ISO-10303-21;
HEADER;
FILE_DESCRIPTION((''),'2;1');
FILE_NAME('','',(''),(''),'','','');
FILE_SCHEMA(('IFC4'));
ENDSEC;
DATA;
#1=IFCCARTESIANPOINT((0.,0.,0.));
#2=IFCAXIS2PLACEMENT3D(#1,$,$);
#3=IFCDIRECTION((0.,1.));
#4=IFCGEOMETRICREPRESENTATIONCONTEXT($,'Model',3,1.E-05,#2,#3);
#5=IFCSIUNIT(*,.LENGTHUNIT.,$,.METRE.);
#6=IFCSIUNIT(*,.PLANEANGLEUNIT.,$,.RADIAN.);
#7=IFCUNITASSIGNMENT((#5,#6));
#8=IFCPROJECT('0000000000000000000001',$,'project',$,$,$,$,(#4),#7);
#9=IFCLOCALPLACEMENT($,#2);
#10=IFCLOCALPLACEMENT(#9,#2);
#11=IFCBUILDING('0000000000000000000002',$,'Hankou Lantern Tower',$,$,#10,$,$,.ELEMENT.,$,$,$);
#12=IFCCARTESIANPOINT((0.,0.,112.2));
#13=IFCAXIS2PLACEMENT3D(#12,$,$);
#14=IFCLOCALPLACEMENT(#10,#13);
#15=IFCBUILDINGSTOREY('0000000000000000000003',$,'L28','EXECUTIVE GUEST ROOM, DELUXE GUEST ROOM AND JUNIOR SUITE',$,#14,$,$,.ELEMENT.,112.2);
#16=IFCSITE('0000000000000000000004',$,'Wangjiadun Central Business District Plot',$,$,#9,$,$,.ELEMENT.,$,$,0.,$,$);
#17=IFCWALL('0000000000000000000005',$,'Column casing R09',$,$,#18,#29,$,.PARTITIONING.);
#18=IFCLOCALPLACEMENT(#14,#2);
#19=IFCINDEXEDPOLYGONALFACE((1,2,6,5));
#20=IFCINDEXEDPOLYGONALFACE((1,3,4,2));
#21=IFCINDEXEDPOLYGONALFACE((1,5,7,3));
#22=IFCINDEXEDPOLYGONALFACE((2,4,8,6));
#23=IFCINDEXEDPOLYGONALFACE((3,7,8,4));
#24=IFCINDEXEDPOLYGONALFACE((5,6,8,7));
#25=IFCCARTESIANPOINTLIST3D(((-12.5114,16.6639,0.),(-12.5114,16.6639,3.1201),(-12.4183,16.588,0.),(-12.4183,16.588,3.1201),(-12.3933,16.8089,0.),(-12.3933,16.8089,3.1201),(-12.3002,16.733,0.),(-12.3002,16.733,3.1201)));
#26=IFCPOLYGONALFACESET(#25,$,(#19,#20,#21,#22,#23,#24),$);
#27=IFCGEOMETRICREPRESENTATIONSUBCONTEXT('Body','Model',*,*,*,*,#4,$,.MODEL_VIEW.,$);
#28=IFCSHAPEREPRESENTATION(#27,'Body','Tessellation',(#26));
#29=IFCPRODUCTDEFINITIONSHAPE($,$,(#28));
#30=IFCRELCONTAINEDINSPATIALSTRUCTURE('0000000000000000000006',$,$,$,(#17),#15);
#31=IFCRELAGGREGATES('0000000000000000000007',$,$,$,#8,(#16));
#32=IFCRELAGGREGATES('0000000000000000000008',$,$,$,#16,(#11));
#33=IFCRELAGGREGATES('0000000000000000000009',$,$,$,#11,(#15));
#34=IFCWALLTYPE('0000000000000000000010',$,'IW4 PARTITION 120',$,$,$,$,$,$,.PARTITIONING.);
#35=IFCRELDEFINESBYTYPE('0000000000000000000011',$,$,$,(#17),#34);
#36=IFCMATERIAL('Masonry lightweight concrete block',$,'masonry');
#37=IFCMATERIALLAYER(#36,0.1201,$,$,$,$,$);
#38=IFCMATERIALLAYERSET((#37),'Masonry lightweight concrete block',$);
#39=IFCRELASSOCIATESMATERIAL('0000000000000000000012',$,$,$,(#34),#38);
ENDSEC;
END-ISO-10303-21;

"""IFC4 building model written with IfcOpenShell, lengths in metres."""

from ifc_helpers import new_model, si_unit, direction, frame, frame_2d, origin, place, context, subcontext, project, spatial, rectangle, extrude, material, layer, layer_set, type_object, element, save


model = new_model("IFC4")

# Units and contexts
model_context = context("Model", 3, precision=1e-05, world=origin(), true_north=direction((0.0, 1.0)))
body_context = subcontext(model_context, "Body", "Model", "MODEL_VIEW")
ifc_project = project(units=[si_unit("LENGTHUNIT", "METRE"), si_unit("PLANEANGLEUNIT", "RADIAN")], contexts=[model_context])

# Site, building, storey
site_placement = place(None, origin())
site = spatial("IfcSite", under=ifc_project, at=site_placement, Name="Wangjiadun Central Business District Plot", CompositionType="ELEMENT", RefElevation=0.0)
building_placement = place(site_placement, origin())
building = spatial("IfcBuilding", under=site, at=building_placement, Name="Hankou Lantern Tower", CompositionType="ELEMENT")
storey_placement = place(building_placement, frame((0.0, 0.0, 112.2)))
storey = spatial("IfcBuildingStorey", under=building, at=storey_placement, Name="L28", Description="EXECUTIVE GUEST ROOM, DELUXE GUEST ROOM AND JUNIOR SUITE", CompositionType="ELEMENT", Elevation=112.2)

# Wall
ifc_material_1 = material(Name="Masonry lightweight concrete block", Category="masonry")
ifc_layer_1 = layer(ifc_material_1, 0.1201)
ifc_layer_set_1 = layer_set([ifc_layer_1], Name="Masonry lightweight concrete block")
wall_type_1 = type_object("IfcWallType", Name="IW4 PARTITION 120", PredefinedType="PARTITIONING", material=ifc_layer_set_1)
wall_1_placement = place(storey_placement, frame((-12.4648, 16.626, 0.0), z_axis=(0.0, 0.0, 1.0), x_axis=(0.631673, 0.775235, 0.0)))
element("IfcWall", 1, at=wall_1_placement, inside=storey, type_object=wall_type_1, Name="Column casing R09", PredefinedType="PARTITIONING", context=body_context, shape_type="SweptSolid", body=[
    extrude(rectangle(XDim=0.187, YDim=0.1201, at=frame_2d((0.0935, 0.0))), origin(), (0.0, 0.0, 1.0), 3.1201),
])

save(model, "model.ifc")
